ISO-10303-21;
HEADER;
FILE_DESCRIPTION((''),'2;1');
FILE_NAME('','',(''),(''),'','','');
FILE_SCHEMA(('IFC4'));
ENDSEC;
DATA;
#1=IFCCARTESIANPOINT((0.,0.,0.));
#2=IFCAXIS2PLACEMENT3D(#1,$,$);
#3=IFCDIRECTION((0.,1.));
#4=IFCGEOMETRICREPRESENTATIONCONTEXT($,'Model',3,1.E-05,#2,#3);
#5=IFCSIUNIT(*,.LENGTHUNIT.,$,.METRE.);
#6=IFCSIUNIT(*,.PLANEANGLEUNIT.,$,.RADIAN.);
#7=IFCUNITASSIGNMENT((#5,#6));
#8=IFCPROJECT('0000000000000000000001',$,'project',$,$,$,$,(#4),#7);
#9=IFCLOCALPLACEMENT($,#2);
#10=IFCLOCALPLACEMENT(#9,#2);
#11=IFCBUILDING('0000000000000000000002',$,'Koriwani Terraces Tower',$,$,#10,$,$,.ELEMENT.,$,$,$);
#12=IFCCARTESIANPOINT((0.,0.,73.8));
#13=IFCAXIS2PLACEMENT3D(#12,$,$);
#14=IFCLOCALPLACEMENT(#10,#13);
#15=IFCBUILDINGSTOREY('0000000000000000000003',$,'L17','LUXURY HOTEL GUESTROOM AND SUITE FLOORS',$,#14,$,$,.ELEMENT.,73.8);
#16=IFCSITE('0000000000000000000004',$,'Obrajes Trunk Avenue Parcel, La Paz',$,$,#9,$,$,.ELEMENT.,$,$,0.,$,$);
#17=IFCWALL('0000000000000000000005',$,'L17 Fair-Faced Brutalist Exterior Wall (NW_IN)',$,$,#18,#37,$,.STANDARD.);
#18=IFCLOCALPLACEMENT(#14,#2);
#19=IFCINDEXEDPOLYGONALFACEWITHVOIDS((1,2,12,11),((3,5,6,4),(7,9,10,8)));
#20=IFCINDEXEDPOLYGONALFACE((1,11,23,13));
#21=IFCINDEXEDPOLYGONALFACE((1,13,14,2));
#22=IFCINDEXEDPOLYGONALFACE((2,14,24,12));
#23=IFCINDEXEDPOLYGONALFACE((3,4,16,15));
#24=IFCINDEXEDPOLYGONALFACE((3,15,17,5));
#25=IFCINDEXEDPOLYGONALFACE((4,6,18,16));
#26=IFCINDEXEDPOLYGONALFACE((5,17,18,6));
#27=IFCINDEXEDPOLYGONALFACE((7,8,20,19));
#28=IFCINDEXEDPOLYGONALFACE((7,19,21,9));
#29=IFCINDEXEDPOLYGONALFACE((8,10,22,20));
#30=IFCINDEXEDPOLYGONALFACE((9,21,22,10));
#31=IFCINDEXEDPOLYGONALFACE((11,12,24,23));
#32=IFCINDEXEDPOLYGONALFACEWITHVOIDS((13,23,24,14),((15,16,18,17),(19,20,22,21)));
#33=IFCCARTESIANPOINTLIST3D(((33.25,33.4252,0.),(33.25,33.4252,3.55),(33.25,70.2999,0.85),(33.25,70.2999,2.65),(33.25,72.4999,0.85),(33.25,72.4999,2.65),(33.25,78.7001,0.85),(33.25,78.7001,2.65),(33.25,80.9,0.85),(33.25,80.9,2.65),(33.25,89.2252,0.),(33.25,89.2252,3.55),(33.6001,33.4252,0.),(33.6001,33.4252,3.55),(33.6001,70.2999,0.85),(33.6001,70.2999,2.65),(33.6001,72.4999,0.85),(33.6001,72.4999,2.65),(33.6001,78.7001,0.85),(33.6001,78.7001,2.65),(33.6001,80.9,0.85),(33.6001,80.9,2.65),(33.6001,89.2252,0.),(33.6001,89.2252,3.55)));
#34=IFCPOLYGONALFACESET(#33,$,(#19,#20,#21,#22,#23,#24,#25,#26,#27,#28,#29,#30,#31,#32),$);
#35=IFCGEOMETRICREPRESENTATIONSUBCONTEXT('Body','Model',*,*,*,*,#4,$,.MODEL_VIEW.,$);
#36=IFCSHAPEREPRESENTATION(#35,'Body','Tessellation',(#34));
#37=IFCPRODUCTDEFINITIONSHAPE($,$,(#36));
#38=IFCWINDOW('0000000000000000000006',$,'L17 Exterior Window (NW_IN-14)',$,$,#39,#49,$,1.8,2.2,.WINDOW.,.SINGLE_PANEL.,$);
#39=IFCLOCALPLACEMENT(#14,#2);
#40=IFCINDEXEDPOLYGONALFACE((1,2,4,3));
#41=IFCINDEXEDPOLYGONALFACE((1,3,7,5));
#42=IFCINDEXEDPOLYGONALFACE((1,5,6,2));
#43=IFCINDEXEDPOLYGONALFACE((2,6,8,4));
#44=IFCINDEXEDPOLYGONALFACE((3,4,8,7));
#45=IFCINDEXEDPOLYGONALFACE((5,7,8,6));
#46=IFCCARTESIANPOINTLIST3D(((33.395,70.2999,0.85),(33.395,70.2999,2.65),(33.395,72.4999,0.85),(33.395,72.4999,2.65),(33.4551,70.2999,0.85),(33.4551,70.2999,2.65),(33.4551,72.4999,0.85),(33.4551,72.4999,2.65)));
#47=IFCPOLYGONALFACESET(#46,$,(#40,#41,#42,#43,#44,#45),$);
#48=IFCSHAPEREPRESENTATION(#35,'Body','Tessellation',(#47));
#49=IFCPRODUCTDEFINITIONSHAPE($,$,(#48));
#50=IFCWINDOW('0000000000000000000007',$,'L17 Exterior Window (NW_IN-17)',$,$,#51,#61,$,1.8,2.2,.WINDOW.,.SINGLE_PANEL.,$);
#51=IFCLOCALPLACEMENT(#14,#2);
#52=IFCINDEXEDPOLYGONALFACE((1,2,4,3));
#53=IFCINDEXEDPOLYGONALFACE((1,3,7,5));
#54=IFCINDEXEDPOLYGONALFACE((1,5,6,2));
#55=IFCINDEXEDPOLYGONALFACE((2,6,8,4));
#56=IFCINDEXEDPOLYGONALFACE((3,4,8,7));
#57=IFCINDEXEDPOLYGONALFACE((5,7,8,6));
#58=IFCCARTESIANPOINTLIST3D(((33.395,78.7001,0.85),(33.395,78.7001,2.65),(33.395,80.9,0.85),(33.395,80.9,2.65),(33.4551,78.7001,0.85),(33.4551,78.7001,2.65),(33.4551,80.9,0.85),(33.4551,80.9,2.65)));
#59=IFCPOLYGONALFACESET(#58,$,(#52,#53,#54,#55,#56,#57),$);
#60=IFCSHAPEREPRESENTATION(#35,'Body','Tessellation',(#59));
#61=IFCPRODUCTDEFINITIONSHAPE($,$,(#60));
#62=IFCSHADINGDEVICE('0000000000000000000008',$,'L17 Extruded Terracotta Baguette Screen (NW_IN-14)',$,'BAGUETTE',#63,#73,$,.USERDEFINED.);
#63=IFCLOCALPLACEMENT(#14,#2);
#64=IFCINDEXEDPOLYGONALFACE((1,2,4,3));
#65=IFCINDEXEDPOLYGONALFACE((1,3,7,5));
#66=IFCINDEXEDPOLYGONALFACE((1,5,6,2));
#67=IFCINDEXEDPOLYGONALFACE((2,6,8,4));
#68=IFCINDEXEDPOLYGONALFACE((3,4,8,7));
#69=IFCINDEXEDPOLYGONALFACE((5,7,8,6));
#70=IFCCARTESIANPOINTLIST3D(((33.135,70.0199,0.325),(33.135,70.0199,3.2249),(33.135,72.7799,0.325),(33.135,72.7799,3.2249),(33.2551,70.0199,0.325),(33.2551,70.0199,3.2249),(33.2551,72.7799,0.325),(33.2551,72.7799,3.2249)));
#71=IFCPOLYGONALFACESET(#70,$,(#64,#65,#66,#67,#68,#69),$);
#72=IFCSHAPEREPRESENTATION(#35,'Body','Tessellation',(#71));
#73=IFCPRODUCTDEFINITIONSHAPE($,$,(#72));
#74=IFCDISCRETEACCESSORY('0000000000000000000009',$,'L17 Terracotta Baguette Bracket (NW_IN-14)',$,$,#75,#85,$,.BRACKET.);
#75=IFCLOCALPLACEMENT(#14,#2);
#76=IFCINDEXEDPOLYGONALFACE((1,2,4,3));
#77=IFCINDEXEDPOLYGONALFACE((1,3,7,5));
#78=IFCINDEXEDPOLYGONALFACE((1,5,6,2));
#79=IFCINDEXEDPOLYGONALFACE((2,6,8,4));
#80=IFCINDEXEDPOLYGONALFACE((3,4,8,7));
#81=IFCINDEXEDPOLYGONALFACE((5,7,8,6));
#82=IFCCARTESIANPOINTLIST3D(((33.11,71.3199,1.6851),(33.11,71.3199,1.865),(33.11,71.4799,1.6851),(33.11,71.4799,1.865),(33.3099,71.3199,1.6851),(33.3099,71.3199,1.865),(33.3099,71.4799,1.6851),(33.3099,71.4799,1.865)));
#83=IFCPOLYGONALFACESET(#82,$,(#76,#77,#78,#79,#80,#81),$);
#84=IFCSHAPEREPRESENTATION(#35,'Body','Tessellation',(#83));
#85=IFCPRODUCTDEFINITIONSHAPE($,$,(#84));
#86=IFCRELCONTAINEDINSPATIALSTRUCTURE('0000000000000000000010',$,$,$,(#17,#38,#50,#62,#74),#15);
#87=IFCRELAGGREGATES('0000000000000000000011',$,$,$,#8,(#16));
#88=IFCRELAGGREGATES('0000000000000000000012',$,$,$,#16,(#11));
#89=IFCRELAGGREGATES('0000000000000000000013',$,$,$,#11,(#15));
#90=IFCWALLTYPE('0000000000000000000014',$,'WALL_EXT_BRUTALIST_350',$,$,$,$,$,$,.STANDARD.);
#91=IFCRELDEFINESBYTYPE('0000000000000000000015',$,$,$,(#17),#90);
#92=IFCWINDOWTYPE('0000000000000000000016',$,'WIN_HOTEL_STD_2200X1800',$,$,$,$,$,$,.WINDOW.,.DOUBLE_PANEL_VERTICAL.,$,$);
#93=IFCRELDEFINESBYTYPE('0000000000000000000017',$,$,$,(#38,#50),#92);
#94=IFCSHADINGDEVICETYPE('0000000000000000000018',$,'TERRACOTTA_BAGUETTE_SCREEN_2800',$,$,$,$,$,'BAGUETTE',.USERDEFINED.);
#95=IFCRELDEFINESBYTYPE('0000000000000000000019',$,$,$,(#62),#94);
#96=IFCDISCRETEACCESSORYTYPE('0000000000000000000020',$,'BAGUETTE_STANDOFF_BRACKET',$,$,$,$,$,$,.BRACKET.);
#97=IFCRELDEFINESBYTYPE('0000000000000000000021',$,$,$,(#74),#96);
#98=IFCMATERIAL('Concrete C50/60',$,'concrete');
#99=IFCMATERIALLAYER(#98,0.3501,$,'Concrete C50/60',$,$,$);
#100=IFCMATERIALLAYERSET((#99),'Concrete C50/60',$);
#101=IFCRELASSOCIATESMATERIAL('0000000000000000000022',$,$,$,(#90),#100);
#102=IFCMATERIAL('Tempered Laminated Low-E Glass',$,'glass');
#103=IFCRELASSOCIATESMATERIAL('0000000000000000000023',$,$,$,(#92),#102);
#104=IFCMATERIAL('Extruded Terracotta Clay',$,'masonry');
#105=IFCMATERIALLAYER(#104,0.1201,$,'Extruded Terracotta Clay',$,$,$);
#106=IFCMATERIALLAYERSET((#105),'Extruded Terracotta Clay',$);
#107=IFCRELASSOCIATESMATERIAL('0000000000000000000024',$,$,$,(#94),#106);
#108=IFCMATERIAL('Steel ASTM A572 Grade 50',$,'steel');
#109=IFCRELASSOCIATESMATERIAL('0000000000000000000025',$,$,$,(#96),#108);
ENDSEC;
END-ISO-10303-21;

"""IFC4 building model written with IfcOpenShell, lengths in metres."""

from ifc_helpers import new_model, si_unit, direction, frame, frame_2d, origin, origin_2d, place, context, subcontext, project, spatial, rectangle, extrude, material, layer, layer_set, type_object, element, fill, save


model = new_model("IFC4")

# Units and contexts
model_context = context("Model", 3, precision=1e-05, world=origin(), true_north=direction((0.0, 1.0)))
body_context = subcontext(model_context, "Body", "Model", "MODEL_VIEW")
ifc_project = project(units=[si_unit("LENGTHUNIT", "METRE"), si_unit("PLANEANGLEUNIT", "RADIAN")], contexts=[model_context])

# Site, building, storey
site_placement = place(None, origin())
site = spatial("IfcSite", under=ifc_project, at=site_placement, Name="Obrajes Trunk Avenue Parcel, La Paz", CompositionType="ELEMENT", RefElevation=0.0)
building_placement = place(site_placement, origin())
building = spatial("IfcBuilding", under=site, at=building_placement, Name="Koriwani Terraces Tower", CompositionType="ELEMENT")
storey_placement = place(building_placement, frame((0.0, 0.0, 73.8)))
storey = spatial("IfcBuildingStorey", under=building, at=storey_placement, Name="L17", Description="LUXURY HOTEL GUESTROOM AND SUITE FLOORS", CompositionType="ELEMENT", Elevation=73.8)

# Shared definitions
ifc_material_1 = material(Name="Concrete C50/60", Category="concrete")
ifc_material_2 = material(Name="Steel ASTM A572 Grade 50", Category="steel")

# Shared definitions
ifc_layer_1 = layer(ifc_material_1, 0.3501, Name="Concrete C50/60")
ifc_layer_set_1 = layer_set([ifc_layer_1], Name="Concrete C50/60")
wall_type_1 = type_object("IfcWallType", Name="WALL_EXT_BRUTALIST_350", PredefinedType="STANDARD", material=ifc_layer_set_1)

# Shared definitions
ifc_material_3 = material(Name="Tempered Laminated Low-E Glass", Category="glass")

# Wall, openings, windows
wall_1_placement = place(storey_placement, frame((33.425, 89.2251, 0.0), z_axis=(0.0, 0.0, 1.0), x_axis=(0.0, -1.0, 0.0)))
wall_1 = element("IfcWall", 1, at=wall_1_placement, inside=storey, type_object=wall_type_1, Name="L17 Fair-Faced Brutalist Exterior Wall (NW_IN)", PredefinedType="STANDARD", context=body_context, shape_type="SweptSolid", body=[
    extrude(rectangle(XDim=55.8, YDim=0.3501, at=frame_2d((27.8999, 0.0))), origin(), (0.0, 0.0, 1.0), 3.55),
])
opening_1_placement = place(wall_1_placement, frame((16.7251, 0.0, 0.8501)))
opening_1 = element("IfcOpeningElement", 2, at=opening_1_placement, cuts=wall_1, PredefinedType="OPENING", context=body_context, shape_type="SweptSolid", body=[
    extrude(rectangle(XDim=2.2, YDim=1.8, at=frame_2d((1.1001, 0.8999))), frame((0.0, 0.1851, 0.0), z_axis=(0.0, -1.0, 0.0), x_axis=(1.0, 0.0, 0.0)), (0.0, 0.0, 1.0), 0.3701),
])
opening_2_placement = place(wall_1_placement, frame((8.325, 0.0, 0.8501)))
opening_2 = element("IfcOpeningElement", 3, at=opening_2_placement, cuts=wall_1, PredefinedType="OPENING", context=body_context, shape_type="SweptSolid", body=[
    extrude(rectangle(XDim=2.2, YDim=1.8, at=frame_2d((1.1001, 0.8999))), frame((0.0, 0.1851, 0.0), z_axis=(0.0, -1.0, 0.0), x_axis=(1.0, 0.0, 0.0)), (0.0, 0.0, 1.0), 0.3701),
])
window_type_1 = type_object("IfcWindowType", Name="WIN_HOTEL_STD_2200X1800", PartitioningType="DOUBLE_PANEL_VERTICAL", PredefinedType="WINDOW", material=ifc_material_3)
window_1_placement = place(opening_1_placement, origin())
window_1 = element("IfcWindow", 4, at=window_1_placement, inside=storey, type_object=window_type_1, Name="L17 Exterior Window (NW_IN-14)", OverallHeight=1.8, OverallWidth=2.2, PartitioningType="SINGLE_PANEL", PredefinedType="WINDOW", context=body_context, shape_type="SweptSolid", body=[
    extrude(rectangle(XDim=2.2, YDim=1.8, at=frame_2d((1.1001, 0.8999))), frame((0.0, 0.03, 0.0), z_axis=(0.0, -1.0, 0.0), x_axis=(1.0, 0.0, 0.0)), (0.0, 0.0, 1.0), 0.0601),
])
fill(opening_1, window_1)
window_2_placement = place(opening_2_placement, origin())
window_2 = element("IfcWindow", 5, at=window_2_placement, inside=storey, type_object=window_type_1, Name="L17 Exterior Window (NW_IN-17)", OverallHeight=1.8, OverallWidth=2.2, PartitioningType="SINGLE_PANEL", PredefinedType="WINDOW", context=body_context, shape_type="SweptSolid", body=[
    extrude(rectangle(XDim=2.2, YDim=1.8, at=frame_2d((1.1001, 0.8999))), frame((0.0, 0.03, 0.0), z_axis=(0.0, -1.0, 0.0), x_axis=(1.0, 0.0, 0.0)), (0.0, 0.0, 1.0), 0.0601),
])
fill(opening_2, window_2)

# Shading device
ifc_material_4 = material(Name="Extruded Terracotta Clay", Category="masonry")
ifc_layer_2 = layer(ifc_material_4, 0.1201, Name="Extruded Terracotta Clay")
ifc_layer_set_2 = layer_set([ifc_layer_2], Name="Extruded Terracotta Clay")
shading_device_type = type_object("IfcShadingDeviceType", Name="TERRACOTTA_BAGUETTE_SCREEN_2800", ElementType="BAGUETTE", PredefinedType="USERDEFINED", material=ifc_layer_set_2)
shading_device_placement = place(storey_placement, frame((33.1951, 71.3999, 0.325), z_axis=(0.0, 0.0, 1.0), x_axis=(0.0, -1.0, 0.0)))
element("IfcShadingDevice", 6, at=shading_device_placement, inside=storey, type_object=shading_device_type, Name="L17 Extruded Terracotta Baguette Screen (NW_IN-14)", ObjectType="BAGUETTE", PredefinedType="USERDEFINED", context=body_context, shape_type="SweptSolid", body=[
    extrude(rectangle(XDim=2.76, YDim=0.1201, at=origin_2d()), origin(), (0.0, 0.0, 1.0), 2.8999),
])

# Discrete accessory
discrete_accessory_type = type_object("IfcDiscreteAccessoryType", Name="BAGUETTE_STANDOFF_BRACKET", PredefinedType="BRACKET", material=ifc_material_2)
discrete_accessory_placement = place(storey_placement, frame((33.21, 71.3999, 1.6851), z_axis=(0.0, 0.0, 1.0), x_axis=(0.0, -1.0, 0.0)))
element("IfcDiscreteAccessory", 7, at=discrete_accessory_placement, inside=storey, type_object=discrete_accessory_type, Name="L17 Terracotta Baguette Bracket (NW_IN-14)", PredefinedType="BRACKET", context=body_context, shape_type="SweptSolid", body=[
    extrude(rectangle(XDim=0.1599, YDim=0.2, at=origin_2d()), origin(), (0.0, 0.0, 1.0), 0.1799),
])

save(model, "model.ifc")
